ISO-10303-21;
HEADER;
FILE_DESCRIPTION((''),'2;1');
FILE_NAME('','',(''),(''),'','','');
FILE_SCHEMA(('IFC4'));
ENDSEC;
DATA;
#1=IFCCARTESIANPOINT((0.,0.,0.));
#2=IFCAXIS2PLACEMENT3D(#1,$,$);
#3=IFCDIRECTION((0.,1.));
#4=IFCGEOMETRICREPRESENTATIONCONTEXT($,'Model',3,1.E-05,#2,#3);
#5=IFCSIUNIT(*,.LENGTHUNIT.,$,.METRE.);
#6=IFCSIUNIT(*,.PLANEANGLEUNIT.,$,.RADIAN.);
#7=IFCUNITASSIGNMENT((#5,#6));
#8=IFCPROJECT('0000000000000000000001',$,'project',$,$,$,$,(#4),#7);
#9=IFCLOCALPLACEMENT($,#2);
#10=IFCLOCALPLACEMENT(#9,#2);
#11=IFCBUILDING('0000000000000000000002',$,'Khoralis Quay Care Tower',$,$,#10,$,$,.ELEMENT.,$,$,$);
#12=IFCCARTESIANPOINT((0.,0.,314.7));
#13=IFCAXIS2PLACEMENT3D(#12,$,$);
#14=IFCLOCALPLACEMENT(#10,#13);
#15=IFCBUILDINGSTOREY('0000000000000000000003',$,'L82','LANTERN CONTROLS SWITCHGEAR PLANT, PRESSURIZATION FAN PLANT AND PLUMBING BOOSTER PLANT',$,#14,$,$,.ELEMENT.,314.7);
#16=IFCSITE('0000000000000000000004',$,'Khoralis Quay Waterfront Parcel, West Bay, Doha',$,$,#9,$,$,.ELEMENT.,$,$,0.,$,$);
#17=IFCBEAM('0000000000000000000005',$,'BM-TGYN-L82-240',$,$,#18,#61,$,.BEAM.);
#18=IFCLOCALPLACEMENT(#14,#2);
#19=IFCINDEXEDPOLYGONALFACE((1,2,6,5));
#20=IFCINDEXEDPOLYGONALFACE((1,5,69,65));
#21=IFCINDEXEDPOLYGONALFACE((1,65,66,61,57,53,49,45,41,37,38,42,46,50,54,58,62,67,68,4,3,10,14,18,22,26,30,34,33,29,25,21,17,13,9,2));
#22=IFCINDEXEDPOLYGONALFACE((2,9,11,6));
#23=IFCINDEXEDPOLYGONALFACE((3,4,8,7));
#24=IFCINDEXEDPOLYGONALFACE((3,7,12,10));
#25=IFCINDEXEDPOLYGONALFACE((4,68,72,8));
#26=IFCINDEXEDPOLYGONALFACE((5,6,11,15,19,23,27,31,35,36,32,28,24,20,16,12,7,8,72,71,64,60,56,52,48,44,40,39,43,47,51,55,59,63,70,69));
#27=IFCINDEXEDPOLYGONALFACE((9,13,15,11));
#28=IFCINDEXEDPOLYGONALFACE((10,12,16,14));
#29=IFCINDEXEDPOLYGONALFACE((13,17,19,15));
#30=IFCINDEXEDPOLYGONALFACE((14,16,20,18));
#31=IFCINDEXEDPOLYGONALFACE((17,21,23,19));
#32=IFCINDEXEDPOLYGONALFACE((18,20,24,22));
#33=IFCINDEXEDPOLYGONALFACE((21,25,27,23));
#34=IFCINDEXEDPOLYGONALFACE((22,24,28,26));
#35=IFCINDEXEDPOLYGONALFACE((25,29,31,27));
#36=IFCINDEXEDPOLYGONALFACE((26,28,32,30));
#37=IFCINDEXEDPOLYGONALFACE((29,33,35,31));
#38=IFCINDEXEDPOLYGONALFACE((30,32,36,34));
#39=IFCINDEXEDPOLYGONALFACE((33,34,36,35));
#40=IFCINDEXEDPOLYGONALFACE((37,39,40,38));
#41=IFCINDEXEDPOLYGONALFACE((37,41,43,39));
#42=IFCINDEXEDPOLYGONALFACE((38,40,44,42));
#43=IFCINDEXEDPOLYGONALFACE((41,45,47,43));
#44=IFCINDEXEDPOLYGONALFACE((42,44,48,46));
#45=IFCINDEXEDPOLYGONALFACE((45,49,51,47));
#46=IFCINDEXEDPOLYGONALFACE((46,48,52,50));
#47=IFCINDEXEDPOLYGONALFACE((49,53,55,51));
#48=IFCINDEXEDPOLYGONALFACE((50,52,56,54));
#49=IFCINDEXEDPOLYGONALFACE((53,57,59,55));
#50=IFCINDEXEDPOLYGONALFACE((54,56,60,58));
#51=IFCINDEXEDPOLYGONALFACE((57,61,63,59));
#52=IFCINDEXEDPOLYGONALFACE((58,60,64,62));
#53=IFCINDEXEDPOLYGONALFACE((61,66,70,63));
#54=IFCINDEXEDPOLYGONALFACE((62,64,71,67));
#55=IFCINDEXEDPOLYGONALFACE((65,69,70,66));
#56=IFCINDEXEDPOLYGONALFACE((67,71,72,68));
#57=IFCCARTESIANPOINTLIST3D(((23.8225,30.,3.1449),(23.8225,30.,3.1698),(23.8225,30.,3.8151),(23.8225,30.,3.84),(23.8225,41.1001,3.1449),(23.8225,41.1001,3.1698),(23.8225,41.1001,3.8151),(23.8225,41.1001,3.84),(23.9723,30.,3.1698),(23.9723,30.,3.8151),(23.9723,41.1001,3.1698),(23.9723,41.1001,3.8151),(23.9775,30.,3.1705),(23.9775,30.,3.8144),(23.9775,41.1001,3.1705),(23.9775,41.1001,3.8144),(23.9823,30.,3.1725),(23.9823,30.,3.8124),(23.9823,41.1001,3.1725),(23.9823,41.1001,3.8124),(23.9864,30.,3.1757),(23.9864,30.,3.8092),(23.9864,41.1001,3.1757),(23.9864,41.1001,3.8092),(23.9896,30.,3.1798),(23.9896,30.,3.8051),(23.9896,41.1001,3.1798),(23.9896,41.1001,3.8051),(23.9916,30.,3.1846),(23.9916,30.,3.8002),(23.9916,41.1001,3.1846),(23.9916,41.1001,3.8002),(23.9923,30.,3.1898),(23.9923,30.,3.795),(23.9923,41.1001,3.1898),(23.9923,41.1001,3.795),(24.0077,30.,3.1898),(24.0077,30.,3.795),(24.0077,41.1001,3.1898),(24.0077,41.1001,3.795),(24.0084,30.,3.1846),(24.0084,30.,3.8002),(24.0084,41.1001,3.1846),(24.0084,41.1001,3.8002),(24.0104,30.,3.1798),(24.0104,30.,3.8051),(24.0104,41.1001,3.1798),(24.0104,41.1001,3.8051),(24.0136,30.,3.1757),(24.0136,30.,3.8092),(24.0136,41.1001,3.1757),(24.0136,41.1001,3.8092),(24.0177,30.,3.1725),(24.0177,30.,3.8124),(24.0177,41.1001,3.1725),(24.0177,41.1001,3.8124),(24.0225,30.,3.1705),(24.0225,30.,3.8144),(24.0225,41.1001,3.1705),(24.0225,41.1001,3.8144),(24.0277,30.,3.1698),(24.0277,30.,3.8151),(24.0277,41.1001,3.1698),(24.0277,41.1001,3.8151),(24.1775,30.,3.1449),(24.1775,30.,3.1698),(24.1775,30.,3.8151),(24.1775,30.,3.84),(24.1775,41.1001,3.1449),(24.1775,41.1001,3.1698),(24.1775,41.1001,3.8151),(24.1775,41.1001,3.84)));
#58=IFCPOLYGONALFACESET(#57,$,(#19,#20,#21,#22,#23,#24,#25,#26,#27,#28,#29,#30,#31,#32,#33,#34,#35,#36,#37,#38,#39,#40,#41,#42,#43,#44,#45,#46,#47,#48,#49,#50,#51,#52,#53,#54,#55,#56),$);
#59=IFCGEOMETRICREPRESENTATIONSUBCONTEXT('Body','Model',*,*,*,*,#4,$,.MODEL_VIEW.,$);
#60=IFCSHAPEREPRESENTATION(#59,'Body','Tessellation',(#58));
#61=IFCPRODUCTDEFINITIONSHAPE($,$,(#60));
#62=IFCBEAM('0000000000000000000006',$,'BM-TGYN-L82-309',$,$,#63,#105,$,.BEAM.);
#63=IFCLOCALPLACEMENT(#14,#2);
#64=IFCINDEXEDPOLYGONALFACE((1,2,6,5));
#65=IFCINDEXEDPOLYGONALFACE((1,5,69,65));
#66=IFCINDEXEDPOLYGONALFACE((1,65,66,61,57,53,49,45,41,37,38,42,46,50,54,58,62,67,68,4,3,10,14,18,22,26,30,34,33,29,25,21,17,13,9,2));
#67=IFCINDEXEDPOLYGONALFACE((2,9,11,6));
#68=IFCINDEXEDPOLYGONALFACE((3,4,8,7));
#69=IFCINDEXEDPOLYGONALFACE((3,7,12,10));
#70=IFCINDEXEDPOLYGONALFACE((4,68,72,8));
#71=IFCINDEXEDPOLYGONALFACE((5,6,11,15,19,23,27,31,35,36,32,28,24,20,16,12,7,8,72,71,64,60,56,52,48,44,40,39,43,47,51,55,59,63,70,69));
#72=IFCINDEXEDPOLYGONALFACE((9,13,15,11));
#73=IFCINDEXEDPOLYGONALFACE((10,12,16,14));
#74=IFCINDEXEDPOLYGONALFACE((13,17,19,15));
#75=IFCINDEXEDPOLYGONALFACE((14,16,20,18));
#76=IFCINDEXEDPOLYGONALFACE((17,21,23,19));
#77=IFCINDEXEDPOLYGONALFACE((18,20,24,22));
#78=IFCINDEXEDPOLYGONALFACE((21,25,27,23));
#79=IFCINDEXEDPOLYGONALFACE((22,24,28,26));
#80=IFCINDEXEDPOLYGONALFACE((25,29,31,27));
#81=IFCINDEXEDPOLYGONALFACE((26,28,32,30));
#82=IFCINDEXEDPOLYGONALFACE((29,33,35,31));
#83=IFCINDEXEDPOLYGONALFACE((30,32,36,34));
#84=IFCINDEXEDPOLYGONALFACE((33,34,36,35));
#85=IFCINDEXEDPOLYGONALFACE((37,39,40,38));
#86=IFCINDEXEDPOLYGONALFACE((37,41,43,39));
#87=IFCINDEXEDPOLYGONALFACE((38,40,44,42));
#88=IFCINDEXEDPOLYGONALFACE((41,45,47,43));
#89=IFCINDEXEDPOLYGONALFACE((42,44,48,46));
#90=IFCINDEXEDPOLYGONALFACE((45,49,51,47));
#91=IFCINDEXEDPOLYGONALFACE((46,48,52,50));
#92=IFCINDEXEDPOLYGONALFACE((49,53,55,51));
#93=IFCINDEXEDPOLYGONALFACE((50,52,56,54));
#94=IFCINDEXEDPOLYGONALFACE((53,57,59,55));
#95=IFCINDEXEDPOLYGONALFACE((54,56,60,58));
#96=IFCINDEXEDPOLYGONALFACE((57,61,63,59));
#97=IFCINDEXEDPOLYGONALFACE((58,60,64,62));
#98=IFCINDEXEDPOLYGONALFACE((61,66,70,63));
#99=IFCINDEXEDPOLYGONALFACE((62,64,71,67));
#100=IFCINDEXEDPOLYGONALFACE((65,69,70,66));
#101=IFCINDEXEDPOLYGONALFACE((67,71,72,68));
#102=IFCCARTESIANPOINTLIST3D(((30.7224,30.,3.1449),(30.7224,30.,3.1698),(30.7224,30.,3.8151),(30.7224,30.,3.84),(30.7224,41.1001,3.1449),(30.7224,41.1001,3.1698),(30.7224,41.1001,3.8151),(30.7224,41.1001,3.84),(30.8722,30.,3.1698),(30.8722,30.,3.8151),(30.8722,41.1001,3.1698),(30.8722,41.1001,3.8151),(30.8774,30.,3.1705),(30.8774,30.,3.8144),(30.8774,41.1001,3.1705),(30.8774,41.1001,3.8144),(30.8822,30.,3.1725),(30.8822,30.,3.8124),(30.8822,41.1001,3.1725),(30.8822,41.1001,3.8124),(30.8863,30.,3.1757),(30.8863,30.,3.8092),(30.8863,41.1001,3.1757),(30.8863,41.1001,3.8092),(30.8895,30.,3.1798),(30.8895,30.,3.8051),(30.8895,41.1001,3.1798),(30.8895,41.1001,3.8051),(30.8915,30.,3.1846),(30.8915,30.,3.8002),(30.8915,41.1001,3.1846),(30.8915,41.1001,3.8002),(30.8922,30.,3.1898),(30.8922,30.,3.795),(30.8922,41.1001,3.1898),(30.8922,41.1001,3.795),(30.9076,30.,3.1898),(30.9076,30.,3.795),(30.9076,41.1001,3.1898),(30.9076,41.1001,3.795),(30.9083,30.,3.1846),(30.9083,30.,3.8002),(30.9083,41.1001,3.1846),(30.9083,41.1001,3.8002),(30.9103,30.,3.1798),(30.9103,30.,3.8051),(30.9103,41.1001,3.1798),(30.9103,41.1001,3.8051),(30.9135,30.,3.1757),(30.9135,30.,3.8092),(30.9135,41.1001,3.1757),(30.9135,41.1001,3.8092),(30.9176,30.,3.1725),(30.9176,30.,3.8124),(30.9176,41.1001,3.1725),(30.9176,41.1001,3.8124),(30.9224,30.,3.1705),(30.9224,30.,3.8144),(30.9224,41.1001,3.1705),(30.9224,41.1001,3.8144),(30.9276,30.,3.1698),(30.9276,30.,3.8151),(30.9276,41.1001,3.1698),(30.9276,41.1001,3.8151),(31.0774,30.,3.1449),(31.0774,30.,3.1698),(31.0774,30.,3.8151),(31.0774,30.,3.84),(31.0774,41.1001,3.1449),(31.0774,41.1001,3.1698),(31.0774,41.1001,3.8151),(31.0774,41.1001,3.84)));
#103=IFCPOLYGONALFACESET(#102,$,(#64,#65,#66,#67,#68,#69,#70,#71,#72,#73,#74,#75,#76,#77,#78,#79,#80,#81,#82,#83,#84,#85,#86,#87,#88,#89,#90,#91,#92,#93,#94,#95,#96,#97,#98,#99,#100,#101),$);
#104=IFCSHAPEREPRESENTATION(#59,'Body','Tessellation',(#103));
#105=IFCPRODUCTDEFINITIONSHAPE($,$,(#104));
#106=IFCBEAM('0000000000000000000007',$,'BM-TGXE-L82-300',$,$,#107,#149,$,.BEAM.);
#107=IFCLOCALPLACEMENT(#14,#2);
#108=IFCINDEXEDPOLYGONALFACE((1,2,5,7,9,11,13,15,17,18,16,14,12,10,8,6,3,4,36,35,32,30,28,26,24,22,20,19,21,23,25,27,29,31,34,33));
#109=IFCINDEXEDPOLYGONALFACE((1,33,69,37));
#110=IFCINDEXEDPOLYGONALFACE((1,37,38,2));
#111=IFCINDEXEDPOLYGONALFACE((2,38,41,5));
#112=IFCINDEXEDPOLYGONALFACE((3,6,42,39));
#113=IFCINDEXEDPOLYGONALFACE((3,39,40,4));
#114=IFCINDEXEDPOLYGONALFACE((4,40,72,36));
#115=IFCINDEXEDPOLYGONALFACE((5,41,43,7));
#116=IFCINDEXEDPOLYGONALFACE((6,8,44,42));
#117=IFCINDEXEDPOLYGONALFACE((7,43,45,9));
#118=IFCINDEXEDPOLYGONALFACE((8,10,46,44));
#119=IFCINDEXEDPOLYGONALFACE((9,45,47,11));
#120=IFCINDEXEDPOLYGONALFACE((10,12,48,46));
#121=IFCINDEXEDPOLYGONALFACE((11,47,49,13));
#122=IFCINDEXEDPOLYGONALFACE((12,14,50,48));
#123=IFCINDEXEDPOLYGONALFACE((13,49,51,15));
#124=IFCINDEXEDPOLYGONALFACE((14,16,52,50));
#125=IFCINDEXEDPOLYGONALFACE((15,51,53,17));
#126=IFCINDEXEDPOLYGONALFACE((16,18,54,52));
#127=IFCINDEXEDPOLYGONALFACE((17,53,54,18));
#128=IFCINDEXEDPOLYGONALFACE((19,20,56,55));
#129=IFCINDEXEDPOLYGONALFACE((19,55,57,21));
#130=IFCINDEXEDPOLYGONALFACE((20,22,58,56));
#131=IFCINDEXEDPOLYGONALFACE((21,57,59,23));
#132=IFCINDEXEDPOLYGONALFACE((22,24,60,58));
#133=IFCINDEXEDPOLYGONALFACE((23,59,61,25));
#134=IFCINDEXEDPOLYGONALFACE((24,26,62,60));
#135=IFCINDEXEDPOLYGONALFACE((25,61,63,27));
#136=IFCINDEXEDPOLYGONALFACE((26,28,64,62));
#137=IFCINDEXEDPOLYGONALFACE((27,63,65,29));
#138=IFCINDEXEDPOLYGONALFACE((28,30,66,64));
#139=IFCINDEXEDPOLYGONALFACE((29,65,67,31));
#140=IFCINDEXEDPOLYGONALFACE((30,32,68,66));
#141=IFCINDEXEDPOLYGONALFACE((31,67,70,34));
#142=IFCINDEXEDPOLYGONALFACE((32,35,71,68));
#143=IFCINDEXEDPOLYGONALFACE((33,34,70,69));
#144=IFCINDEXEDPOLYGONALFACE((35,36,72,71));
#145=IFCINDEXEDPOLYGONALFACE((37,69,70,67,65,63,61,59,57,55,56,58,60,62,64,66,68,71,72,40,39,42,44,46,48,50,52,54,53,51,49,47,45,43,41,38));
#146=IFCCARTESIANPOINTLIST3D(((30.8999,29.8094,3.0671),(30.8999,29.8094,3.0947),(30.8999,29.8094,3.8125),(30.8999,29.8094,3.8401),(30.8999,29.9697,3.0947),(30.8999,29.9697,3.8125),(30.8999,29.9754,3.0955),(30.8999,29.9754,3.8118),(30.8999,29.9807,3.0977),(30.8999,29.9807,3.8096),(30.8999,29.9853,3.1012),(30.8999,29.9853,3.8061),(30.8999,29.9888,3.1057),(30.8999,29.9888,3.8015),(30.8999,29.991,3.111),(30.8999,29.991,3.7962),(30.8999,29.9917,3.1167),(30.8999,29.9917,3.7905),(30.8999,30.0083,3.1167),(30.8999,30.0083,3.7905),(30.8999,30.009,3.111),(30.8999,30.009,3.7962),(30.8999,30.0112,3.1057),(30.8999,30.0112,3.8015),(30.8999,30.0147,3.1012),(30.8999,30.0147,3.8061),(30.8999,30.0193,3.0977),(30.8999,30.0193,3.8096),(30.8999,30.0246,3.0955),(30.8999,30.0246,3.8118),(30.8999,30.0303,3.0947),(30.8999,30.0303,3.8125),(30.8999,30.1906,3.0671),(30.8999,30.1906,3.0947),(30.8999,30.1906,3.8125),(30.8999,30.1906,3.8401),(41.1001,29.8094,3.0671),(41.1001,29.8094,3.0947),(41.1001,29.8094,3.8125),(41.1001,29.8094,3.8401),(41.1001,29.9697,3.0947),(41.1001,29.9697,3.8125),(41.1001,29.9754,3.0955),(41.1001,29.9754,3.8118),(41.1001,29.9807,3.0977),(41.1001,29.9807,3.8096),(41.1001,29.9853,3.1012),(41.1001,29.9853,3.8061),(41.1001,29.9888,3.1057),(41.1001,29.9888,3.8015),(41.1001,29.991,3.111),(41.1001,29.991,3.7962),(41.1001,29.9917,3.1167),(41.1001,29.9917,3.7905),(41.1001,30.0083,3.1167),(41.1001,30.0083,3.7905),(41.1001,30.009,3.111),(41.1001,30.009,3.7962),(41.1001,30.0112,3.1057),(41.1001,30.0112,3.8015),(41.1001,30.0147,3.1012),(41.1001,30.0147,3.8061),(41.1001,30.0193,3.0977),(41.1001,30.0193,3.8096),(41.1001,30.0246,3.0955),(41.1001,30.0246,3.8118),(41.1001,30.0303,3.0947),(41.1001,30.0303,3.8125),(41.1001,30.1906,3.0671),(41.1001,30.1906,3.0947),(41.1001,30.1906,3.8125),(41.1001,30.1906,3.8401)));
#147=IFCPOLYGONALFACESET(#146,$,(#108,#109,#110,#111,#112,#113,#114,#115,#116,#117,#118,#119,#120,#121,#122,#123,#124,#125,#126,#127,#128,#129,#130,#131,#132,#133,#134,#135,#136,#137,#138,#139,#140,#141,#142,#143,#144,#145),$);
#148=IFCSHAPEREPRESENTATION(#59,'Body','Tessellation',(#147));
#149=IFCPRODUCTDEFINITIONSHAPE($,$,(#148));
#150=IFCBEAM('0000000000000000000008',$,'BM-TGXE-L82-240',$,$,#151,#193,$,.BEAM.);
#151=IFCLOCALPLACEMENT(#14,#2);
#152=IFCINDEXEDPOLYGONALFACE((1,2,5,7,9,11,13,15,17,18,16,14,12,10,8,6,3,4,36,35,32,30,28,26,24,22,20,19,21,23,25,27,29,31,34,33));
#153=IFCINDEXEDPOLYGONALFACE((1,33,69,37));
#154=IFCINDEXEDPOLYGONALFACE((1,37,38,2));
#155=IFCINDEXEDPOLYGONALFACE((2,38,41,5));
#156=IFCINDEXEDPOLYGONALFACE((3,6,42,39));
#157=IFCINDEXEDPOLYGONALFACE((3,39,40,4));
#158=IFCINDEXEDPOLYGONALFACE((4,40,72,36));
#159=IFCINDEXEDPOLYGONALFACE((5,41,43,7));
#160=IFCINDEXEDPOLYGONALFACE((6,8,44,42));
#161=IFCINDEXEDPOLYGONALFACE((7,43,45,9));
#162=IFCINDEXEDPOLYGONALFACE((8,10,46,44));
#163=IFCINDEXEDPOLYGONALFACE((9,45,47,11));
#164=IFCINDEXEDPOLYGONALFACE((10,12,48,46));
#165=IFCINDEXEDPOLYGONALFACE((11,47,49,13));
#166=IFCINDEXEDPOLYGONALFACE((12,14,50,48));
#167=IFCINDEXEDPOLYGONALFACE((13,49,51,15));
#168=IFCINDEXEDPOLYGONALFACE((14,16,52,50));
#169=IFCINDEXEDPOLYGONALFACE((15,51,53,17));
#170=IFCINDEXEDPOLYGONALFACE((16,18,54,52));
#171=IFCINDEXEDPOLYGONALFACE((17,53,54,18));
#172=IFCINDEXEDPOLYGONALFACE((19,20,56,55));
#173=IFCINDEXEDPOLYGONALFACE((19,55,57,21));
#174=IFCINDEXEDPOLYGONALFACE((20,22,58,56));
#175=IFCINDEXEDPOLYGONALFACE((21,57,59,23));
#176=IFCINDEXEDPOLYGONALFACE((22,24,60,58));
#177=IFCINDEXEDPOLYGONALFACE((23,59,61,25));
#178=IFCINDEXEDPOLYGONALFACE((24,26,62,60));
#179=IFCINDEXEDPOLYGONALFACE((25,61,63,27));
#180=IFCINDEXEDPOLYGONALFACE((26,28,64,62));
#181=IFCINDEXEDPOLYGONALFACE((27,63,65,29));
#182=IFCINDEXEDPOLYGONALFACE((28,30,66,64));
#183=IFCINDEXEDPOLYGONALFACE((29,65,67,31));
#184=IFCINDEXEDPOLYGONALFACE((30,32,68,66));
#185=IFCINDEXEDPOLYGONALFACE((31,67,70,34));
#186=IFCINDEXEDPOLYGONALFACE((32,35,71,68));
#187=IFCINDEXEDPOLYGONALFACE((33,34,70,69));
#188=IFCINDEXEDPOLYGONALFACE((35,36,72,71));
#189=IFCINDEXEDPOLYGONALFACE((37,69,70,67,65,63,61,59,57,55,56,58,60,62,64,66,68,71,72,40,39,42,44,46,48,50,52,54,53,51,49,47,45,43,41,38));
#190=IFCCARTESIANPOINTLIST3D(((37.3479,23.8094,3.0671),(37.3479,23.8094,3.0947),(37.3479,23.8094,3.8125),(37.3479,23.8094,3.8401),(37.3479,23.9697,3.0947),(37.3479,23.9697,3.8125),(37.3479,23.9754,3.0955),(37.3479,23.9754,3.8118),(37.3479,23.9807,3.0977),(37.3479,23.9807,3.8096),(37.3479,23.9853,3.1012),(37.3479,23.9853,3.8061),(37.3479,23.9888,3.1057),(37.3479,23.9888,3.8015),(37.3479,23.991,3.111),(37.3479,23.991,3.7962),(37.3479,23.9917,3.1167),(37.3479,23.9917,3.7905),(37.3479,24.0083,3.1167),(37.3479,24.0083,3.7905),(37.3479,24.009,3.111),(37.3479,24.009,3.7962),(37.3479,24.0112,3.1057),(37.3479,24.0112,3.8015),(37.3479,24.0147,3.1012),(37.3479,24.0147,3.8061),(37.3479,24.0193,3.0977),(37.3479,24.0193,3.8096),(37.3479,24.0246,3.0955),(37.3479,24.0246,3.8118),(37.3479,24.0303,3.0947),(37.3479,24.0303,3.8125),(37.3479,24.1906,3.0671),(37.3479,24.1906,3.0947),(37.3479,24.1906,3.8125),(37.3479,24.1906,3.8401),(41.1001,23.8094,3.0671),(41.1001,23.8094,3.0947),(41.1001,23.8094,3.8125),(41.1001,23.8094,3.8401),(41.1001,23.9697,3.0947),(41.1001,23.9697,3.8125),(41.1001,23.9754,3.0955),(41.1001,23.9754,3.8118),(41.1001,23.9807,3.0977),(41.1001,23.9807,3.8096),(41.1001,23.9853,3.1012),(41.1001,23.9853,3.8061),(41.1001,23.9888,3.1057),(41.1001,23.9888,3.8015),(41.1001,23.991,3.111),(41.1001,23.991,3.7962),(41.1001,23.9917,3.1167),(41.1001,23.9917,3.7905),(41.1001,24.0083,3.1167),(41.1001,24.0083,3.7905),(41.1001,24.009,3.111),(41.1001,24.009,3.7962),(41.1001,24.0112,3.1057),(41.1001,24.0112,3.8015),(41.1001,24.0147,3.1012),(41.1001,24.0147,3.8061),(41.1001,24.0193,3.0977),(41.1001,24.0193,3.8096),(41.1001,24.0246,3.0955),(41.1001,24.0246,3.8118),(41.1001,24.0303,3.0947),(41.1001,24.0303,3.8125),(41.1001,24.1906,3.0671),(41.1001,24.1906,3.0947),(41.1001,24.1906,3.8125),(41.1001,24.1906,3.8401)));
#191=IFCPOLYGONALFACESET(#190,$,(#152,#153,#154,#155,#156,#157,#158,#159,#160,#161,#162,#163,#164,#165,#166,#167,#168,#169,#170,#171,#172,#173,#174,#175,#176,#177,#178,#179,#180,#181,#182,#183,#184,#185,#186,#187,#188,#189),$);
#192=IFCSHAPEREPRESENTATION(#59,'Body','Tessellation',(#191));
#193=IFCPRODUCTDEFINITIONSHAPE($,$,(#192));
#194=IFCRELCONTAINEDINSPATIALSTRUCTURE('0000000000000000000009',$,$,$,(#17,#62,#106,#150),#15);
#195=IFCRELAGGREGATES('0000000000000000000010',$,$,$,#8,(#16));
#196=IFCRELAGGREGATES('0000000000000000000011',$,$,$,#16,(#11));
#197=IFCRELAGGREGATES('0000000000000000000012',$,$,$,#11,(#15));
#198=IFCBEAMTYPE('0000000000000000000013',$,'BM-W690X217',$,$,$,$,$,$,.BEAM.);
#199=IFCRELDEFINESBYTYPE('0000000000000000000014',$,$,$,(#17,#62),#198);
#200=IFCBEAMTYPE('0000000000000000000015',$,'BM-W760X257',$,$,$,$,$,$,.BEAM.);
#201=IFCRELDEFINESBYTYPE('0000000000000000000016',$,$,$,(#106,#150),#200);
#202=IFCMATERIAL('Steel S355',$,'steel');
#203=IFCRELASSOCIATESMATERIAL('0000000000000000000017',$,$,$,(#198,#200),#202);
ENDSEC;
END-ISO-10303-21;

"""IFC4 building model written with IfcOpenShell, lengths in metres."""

from ifc_helpers import new_model, si_unit, direction, frame, origin, origin_2d, place, context, subcontext, project, spatial, i_section, extrude, source, transform, mapped, material, material_profile, profile_set, type_object, element, save


model = new_model("IFC4")

# Units and contexts
model_context = context("Model", 3, precision=1e-05, world=origin(), true_north=direction((0.0, 1.0)))
body_context = subcontext(model_context, "Body", "Model", "MODEL_VIEW")
ifc_project = project(units=[si_unit("LENGTHUNIT", "METRE"), si_unit("PLANEANGLEUNIT", "RADIAN")], contexts=[model_context])

# Site, building, storey
site_placement = place(None, origin())
site = spatial("IfcSite", under=ifc_project, at=site_placement, Name="Khoralis Quay Waterfront Parcel, West Bay, Doha", CompositionType="ELEMENT", RefElevation=0.0)
building_placement = place(site_placement, origin())
building = spatial("IfcBuilding", under=site, at=building_placement, Name="Khoralis Quay Care Tower", CompositionType="ELEMENT")
storey_placement = place(building_placement, frame((0.0, 0.0, 314.7)))
storey = spatial("IfcBuildingStorey", under=building, at=storey_placement, Name="L82", Description="LANTERN CONTROLS SWITCHGEAR PLANT, PRESSURIZATION FAN PLANT AND PLUMBING BOOSTER PLANT", CompositionType="ELEMENT", Elevation=314.7)

# Shared definitions
ifc_material_1 = material(Name="Steel S355", Category="steel")

# Beams
ifc_material_profile_1 = material_profile(ifc_material_1, i_section(OverallWidth=0.355, OverallDepth=0.6951, WebThickness=0.0154, FlangeThickness=0.0249, FilletRadius=0.02, at=origin_2d()), Name="Steel S355")
ifc_profile_set_1 = profile_set([ifc_material_profile_1], Name="Steel S355")
beam_type_1 = type_object("IfcBeamType", Name="BM-W690X217", PredefinedType="BEAM", material=ifc_profile_set_1)
shared_shape_1 = source(origin(), body_context, "Body", "SweptSolid", [
    extrude(i_section(OverallWidth=0.355, OverallDepth=0.6951, WebThickness=0.0154, FlangeThickness=0.0249, FilletRadius=0.02, at=origin_2d()), origin(), (0.0, 0.0, 1.0), 11.1001),
])
for number, where, z_axis, x_axis, name in (
    (1, (24.0, 30.0, 3.4924), (0.0, 1.0, 0.0), (-1.0, 0.0, 0.0), "BM-TGYN-L82-240"),
    (2, (30.8999, 30.0, 3.4924), (0.0, 1.0, 0.0), (-1.0, 0.0, 0.0), "BM-TGYN-L82-309"),
):
    element("IfcBeam", number, at=place(storey_placement, frame(where, z_axis=z_axis, x_axis=x_axis)), inside=storey, type_object=beam_type_1, Name=name, PredefinedType="BEAM", context=body_context, shape_type="MappedRepresentation", body=[
        mapped(shared_shape_1, transform((0.0, 0.0, 0.0), scale=1.0)),
    ])
ifc_material_profile_2 = material_profile(ifc_material_1, i_section(OverallWidth=0.3811, OverallDepth=0.7729, WebThickness=0.0166, FlangeThickness=0.0276, FilletRadius=0.022, at=origin_2d()), Name="Steel S355")
ifc_profile_set_2 = profile_set([ifc_material_profile_2], Name="Steel S355")
beam_type_2 = type_object("IfcBeamType", Name="BM-W760X257", PredefinedType="BEAM", material=ifc_profile_set_2)
shared_shape_2 = source(origin(), body_context, "Body", "SweptSolid", [
    extrude(i_section(OverallWidth=0.3811, OverallDepth=0.7729, WebThickness=0.0166, FlangeThickness=0.0276, FilletRadius=0.022, at=origin_2d()), origin(), (0.0, 0.0, 1.0), 10.2002),
])
beam_1_placement = place(storey_placement, frame((30.8999, 30.0, 3.4536), z_axis=(1.0, 0.0, 0.0), x_axis=(0.0, 1.0, 0.0)))
element("IfcBeam", 3, at=beam_1_placement, inside=storey, type_object=beam_type_2, Name="BM-TGXE-L82-300", PredefinedType="BEAM", context=body_context, shape_type="MappedRepresentation", body=[
    mapped(shared_shape_2, transform((0.0, 0.0, 0.0), scale=1.0)),
])
shared_shape_3 = source(origin(), body_context, "Body", "SweptSolid", [
    extrude(i_section(OverallWidth=0.3811, OverallDepth=0.7729, WebThickness=0.0166, FlangeThickness=0.0276, FilletRadius=0.022, at=origin_2d()), origin(), (0.0, 0.0, 1.0), 3.7522),
])
beam_2_placement = place(storey_placement, frame((37.3479, 24.0, 3.4536), z_axis=(1.0, 0.0, 0.0), x_axis=(0.0, 1.0, 0.0)))
element("IfcBeam", 4, at=beam_2_placement, inside=storey, type_object=beam_type_2, Name="BM-TGXE-L82-240", PredefinedType="BEAM", context=body_context, shape_type="MappedRepresentation", body=[
    mapped(shared_shape_3, transform((0.0, 0.0, 0.0), scale=1.0)),
])

save(model, "model.ifc")
